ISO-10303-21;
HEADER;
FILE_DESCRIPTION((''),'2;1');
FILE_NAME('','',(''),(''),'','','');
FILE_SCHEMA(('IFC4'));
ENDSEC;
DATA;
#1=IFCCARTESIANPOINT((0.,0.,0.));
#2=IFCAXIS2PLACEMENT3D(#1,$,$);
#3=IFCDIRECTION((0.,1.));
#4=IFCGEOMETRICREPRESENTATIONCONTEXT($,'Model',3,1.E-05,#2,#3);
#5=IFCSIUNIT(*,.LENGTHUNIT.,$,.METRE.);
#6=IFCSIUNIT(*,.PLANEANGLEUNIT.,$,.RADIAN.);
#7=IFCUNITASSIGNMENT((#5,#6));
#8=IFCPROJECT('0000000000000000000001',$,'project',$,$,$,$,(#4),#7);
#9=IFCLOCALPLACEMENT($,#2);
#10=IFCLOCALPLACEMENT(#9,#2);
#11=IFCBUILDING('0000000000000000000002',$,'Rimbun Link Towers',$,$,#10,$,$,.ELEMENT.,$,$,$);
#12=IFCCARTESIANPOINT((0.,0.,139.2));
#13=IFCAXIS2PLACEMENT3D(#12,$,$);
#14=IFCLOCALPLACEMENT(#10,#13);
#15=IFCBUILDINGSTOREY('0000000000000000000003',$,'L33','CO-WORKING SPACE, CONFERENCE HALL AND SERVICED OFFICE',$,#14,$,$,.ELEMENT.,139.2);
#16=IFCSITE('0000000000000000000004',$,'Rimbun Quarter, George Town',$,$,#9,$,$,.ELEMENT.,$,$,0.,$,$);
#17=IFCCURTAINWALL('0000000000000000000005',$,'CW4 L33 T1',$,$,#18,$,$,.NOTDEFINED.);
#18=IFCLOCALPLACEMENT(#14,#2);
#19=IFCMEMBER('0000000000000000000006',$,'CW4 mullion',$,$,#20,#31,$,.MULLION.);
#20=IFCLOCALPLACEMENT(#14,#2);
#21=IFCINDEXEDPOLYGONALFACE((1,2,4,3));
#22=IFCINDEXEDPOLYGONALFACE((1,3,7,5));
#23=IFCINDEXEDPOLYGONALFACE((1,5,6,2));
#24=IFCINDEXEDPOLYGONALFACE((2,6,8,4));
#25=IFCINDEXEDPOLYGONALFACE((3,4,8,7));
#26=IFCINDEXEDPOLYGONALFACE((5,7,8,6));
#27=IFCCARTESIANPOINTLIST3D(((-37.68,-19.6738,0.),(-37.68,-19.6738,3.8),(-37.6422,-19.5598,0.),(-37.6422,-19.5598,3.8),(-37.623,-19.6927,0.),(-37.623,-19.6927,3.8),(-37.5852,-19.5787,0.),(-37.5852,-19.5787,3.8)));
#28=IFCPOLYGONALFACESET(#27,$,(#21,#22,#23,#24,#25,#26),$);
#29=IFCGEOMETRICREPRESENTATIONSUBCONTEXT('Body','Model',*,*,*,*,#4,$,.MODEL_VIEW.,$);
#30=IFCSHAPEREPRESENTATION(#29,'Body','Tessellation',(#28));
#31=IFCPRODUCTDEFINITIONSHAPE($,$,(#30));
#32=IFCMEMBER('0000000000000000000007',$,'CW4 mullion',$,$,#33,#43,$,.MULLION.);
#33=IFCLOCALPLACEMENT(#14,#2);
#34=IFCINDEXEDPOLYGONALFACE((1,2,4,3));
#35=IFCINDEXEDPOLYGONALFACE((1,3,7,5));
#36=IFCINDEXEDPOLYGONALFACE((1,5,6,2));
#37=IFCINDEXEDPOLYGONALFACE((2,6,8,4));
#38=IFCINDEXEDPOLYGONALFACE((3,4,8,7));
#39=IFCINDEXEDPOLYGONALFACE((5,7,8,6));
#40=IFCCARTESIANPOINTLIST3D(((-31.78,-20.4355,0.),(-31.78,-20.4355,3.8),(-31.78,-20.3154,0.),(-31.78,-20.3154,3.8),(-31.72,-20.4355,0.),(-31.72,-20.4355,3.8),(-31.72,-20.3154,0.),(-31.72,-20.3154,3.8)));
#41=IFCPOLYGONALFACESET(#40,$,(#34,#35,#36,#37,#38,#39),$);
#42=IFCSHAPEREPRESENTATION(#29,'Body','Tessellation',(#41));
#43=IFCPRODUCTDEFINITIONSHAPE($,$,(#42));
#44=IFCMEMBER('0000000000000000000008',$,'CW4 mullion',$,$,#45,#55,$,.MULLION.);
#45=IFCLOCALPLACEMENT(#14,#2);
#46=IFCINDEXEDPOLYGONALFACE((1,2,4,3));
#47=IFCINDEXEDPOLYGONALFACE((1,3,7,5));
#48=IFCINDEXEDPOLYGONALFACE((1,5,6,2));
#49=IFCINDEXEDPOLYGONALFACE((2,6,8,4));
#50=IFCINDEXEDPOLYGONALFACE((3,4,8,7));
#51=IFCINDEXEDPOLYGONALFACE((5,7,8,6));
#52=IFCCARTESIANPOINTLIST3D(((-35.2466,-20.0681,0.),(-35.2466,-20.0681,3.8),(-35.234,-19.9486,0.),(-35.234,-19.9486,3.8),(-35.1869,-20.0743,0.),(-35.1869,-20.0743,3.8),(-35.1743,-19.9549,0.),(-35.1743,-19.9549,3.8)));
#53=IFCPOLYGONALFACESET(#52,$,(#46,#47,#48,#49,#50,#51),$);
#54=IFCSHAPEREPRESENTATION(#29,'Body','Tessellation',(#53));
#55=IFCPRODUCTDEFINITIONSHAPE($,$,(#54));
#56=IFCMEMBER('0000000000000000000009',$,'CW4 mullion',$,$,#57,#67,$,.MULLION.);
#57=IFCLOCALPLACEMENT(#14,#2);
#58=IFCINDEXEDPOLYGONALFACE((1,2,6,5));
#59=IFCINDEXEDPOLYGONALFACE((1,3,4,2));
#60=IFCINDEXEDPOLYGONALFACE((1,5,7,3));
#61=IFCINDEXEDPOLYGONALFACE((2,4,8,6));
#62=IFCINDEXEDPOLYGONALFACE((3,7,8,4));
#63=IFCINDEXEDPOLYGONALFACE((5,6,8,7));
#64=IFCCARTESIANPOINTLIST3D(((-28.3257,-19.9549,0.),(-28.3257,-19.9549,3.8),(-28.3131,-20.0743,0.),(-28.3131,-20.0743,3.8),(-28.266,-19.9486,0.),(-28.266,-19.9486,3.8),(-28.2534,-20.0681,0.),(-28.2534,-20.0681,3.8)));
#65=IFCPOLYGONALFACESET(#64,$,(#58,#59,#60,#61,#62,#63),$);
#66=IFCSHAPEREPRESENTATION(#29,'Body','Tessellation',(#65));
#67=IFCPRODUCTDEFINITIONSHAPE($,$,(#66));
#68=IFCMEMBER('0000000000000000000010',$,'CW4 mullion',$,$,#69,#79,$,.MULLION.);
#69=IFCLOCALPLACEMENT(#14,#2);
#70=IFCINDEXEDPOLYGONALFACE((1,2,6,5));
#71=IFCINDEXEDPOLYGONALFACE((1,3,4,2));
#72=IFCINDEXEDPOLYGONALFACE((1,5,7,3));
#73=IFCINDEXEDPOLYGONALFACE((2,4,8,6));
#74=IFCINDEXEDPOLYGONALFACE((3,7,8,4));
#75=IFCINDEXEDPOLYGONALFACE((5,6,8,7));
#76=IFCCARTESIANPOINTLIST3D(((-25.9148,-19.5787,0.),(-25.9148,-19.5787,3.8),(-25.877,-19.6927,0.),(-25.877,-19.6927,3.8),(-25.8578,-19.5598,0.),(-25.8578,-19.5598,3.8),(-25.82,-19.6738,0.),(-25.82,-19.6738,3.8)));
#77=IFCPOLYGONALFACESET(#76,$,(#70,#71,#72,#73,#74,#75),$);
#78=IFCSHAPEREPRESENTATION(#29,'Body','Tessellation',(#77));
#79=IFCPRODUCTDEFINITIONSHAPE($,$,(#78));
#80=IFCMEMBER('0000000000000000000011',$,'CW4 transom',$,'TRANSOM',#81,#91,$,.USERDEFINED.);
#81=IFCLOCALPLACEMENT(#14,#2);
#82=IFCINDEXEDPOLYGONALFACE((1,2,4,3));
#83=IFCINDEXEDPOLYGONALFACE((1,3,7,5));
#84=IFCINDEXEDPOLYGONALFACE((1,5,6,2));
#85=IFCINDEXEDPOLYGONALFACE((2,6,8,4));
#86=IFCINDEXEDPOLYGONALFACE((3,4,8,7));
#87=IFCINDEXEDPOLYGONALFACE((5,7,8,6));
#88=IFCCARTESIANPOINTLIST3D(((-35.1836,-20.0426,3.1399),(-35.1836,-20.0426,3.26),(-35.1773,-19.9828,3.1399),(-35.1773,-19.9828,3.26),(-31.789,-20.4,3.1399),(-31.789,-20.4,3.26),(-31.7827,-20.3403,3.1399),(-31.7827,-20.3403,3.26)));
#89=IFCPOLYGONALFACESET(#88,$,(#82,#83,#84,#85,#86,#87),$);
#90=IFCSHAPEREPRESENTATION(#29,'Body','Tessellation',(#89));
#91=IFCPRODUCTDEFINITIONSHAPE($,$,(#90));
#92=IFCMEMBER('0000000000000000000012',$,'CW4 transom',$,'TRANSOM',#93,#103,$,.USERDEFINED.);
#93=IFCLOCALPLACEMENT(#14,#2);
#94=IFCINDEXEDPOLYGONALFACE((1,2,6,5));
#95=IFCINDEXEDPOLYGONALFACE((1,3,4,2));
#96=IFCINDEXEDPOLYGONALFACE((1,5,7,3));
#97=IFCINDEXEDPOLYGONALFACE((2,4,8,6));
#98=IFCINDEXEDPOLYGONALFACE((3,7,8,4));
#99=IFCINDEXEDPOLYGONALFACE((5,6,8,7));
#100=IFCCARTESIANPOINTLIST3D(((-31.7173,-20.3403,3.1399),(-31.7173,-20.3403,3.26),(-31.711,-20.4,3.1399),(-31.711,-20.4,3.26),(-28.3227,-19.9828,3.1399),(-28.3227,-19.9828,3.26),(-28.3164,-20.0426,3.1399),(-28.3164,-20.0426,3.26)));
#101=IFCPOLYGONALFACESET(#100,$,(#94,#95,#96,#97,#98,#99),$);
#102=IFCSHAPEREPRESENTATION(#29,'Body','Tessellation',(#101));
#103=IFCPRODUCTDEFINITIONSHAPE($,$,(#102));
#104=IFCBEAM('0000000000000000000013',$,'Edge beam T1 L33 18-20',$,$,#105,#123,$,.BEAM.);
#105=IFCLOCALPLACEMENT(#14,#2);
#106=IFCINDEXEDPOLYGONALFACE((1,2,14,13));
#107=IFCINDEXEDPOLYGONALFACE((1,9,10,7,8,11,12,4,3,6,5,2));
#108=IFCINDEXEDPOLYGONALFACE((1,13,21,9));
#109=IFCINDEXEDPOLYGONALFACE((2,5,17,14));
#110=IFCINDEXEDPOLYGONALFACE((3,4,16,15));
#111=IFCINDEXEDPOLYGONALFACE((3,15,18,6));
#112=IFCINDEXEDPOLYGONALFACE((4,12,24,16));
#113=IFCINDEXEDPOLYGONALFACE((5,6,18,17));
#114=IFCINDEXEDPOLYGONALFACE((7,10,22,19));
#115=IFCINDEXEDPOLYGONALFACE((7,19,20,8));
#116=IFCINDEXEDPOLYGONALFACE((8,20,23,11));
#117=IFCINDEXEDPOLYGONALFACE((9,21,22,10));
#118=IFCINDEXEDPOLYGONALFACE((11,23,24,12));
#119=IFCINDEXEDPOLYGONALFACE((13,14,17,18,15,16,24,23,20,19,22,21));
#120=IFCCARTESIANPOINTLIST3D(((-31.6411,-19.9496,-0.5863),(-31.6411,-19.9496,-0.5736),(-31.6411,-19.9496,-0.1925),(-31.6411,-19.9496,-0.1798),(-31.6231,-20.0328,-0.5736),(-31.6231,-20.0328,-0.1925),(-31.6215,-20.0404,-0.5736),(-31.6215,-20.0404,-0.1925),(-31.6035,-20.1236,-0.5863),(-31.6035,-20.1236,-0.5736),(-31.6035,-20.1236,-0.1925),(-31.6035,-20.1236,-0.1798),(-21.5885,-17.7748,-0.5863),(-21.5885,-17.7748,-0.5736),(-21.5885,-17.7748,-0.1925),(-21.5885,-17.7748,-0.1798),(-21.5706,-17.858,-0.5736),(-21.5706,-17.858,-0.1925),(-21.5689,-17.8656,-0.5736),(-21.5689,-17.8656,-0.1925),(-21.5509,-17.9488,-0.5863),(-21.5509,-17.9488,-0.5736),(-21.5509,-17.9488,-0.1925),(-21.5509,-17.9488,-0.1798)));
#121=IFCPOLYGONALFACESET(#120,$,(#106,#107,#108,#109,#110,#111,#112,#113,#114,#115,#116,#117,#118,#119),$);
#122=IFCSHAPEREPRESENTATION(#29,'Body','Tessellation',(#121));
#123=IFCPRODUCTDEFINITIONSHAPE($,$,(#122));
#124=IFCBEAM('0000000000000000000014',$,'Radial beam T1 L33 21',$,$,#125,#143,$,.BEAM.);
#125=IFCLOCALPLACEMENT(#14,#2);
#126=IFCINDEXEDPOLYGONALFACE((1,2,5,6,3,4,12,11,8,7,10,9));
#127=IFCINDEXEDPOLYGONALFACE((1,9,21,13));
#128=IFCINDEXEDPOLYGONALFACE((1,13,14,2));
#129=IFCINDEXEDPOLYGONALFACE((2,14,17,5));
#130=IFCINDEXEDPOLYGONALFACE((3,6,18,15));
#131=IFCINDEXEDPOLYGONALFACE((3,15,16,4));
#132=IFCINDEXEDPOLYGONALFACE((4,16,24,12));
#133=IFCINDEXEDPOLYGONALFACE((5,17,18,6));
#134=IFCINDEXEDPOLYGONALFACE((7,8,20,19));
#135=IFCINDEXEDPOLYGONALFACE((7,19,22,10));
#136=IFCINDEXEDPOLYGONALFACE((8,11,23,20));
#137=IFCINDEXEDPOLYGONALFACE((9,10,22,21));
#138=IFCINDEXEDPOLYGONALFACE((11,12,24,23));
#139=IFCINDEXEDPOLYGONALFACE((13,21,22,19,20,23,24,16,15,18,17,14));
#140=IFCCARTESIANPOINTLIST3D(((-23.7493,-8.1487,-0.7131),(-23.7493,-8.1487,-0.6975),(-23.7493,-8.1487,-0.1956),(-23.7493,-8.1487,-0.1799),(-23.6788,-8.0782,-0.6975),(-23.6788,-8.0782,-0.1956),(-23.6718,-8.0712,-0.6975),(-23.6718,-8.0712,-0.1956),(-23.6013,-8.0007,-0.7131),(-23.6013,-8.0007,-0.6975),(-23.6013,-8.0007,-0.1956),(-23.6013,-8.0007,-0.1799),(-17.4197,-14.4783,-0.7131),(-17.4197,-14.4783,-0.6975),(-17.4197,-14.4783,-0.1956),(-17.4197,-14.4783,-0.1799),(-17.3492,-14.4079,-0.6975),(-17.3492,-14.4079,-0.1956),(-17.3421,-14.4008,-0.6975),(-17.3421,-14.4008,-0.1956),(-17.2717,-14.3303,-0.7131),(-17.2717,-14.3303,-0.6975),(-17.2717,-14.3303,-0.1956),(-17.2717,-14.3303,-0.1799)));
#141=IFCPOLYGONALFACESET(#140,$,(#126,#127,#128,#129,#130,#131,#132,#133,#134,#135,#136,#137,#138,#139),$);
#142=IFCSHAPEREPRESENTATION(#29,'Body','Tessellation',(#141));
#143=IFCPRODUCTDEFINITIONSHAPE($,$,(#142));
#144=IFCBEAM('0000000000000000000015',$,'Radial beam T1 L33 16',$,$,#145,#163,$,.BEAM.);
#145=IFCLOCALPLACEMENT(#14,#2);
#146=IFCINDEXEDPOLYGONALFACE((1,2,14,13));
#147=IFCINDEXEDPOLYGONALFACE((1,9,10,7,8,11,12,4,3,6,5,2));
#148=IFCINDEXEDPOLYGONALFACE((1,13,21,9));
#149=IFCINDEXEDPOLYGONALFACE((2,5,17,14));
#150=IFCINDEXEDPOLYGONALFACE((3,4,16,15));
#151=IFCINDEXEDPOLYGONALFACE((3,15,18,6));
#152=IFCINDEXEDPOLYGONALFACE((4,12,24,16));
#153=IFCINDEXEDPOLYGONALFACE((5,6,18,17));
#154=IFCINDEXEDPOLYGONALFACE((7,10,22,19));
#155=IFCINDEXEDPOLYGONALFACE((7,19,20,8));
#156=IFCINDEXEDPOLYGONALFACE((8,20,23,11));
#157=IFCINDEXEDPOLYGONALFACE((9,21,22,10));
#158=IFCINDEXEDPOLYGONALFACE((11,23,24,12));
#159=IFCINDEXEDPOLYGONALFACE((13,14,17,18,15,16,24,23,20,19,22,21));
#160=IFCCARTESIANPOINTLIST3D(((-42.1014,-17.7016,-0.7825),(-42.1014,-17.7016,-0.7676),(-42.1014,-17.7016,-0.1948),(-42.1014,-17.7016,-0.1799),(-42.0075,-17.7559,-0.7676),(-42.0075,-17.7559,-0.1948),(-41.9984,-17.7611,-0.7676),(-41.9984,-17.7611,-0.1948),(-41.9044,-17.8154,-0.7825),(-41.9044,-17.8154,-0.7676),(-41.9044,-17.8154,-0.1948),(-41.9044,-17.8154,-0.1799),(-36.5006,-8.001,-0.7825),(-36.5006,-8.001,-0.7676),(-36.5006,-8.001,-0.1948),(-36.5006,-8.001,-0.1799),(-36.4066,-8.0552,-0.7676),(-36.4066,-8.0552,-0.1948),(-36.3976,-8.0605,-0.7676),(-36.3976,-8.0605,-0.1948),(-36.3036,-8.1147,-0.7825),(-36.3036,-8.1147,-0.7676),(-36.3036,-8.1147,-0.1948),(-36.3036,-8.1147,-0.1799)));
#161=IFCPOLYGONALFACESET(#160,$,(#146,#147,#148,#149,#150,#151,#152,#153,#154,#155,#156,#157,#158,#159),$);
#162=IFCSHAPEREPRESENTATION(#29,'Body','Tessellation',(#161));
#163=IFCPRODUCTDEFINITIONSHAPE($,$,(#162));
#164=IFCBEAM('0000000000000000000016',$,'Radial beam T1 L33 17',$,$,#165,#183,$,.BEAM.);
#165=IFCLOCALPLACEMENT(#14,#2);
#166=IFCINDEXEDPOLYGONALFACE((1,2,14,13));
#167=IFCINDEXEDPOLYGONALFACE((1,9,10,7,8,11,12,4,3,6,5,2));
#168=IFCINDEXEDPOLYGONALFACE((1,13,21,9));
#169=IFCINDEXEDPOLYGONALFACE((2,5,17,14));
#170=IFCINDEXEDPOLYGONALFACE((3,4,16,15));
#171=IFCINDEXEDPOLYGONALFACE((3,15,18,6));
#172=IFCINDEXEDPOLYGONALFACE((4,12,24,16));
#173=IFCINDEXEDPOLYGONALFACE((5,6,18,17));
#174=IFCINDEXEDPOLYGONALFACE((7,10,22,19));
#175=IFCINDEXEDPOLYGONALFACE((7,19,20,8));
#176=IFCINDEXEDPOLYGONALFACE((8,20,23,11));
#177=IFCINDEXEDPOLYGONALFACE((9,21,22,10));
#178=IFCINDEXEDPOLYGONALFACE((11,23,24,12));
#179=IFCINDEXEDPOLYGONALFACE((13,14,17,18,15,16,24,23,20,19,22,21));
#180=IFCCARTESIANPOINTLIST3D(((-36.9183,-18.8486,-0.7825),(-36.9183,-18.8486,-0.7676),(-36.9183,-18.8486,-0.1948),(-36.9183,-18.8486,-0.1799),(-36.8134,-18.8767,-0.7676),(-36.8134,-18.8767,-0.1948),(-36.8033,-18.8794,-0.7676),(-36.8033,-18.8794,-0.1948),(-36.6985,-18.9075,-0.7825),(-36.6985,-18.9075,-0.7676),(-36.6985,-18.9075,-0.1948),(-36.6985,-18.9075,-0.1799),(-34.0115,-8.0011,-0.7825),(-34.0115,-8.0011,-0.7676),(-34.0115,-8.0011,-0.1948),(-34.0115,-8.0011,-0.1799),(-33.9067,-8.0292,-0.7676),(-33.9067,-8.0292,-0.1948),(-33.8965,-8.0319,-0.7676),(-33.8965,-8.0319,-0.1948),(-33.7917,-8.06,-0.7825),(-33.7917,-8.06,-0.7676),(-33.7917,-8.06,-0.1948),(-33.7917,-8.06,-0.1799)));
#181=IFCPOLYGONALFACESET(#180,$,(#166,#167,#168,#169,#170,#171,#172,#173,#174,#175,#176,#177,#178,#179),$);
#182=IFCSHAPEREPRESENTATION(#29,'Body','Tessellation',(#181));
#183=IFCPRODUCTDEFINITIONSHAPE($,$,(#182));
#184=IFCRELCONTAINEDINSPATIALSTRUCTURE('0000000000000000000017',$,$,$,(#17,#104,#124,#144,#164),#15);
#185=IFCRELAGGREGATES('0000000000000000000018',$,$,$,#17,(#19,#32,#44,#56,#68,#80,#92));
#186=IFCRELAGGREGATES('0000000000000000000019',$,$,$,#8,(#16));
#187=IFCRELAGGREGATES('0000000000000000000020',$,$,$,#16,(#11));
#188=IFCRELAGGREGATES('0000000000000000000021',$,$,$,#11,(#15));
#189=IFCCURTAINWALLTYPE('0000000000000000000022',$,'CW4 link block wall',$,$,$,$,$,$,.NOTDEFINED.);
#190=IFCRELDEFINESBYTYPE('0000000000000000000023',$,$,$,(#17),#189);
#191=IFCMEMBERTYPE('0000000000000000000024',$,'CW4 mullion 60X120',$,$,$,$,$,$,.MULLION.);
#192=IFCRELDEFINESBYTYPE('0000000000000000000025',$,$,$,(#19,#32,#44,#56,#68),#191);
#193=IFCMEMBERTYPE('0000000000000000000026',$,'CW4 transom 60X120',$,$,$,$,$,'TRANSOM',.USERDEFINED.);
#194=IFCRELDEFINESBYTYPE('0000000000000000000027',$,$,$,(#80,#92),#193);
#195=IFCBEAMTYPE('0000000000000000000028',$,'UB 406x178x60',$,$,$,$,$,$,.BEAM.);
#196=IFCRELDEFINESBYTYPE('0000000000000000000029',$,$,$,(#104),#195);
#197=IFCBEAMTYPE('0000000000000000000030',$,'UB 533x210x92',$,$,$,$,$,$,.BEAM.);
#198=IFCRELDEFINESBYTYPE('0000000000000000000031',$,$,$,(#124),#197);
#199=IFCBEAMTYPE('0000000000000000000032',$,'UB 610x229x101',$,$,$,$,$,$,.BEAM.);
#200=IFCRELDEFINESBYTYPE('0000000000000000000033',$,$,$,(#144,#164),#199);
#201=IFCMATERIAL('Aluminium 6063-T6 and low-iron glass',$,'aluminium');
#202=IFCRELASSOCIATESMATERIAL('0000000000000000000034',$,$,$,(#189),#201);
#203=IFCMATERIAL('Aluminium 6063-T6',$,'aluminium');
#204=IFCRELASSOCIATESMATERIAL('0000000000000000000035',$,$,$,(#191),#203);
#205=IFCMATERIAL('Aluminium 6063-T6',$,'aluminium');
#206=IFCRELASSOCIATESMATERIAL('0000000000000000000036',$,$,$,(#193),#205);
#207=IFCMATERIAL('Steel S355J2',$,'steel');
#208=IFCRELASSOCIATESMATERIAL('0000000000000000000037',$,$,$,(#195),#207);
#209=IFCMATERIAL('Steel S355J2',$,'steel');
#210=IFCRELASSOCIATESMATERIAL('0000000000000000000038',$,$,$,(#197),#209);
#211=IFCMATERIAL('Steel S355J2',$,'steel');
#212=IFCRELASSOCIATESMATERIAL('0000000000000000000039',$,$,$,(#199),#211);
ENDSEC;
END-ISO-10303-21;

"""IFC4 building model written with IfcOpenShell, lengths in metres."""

from ifc_helpers import new_model, si_unit, direction, frame, origin, origin_2d, place, context, subcontext, project, spatial, rectangle, i_section, extrude, material, material_profile, profile_set, type_object, element, aggregate, save


model = new_model("IFC4")

# Units and contexts
model_context = context("Model", 3, precision=1e-05, world=origin(), true_north=direction((0.0, 1.0)))
body_context = subcontext(model_context, "Body", "Model", "MODEL_VIEW")
ifc_project = project(units=[si_unit("LENGTHUNIT", "METRE"), si_unit("PLANEANGLEUNIT", "RADIAN")], contexts=[model_context])

# Site, building, storey
site_placement = place(None, origin())
site = spatial("IfcSite", under=ifc_project, at=site_placement, Name="Rimbun Quarter, George Town", CompositionType="ELEMENT", RefElevation=0.0)
building_placement = place(site_placement, origin())
building = spatial("IfcBuilding", under=site, at=building_placement, Name="Rimbun Link Towers", CompositionType="ELEMENT")
storey_placement = place(building_placement, frame((0.0, 0.0, 139.2)))
storey = spatial("IfcBuildingStorey", under=building, at=storey_placement, Name="L33", Description="CO-WORKING SPACE, CONFERENCE HALL AND SERVICED OFFICE", CompositionType="ELEMENT", Elevation=139.2)

# Curtain wall, members
ifc_material_1 = material(Name="Aluminium 6063-T6 and low-iron glass", Category="aluminium")
curtain_wall_type = type_object("IfcCurtainWallType", Name="CW4 link block wall", PredefinedType="NOTDEFINED", material=ifc_material_1)
curtain_wall_placement = place(storey_placement, origin())
curtain_wall = element("IfcCurtainWall", 1, at=curtain_wall_placement, inside=storey, type_object=curtain_wall_type, Name="CW4 L33 T1", PredefinedType="NOTDEFINED")
ifc_material_2 = material(Name="Aluminium 6063-T6", Category="aluminium")
ifc_material_profile_1 = material_profile(ifc_material_2, rectangle(XDim=0.1201, YDim=0.0601, at=origin_2d()), Name="MULLION 60X120")
ifc_profile_set_1 = profile_set([ifc_material_profile_1], Name="Aluminium 6063-T6")
member_type_1 = type_object("IfcMemberType", Name="CW4 mullion 60X120", PredefinedType="MULLION", material=ifc_profile_set_1)
member_1_placement = place(storey_placement, frame((-37.6326, -19.6262, 0.0), z_axis=(0.0, 0.0, 1.0), x_axis=(-0.314568, -0.949235, 0.0)))
member_1 = element("IfcMember", 2, at=member_1_placement, type_object=member_type_1, Name="CW4 mullion", PredefinedType="MULLION", context=body_context, shape_type="SweptSolid", body=[
    extrude(rectangle(XDim=0.1201, YDim=0.0601, at=origin_2d()), origin(), (0.0, 0.0, 1.0), 3.8),
])
member_2_placement = place(storey_placement, frame((-31.75, -20.3755, 0.0), z_axis=(0.0, 0.0, 1.0), x_axis=(0.0, -1.0, 0.0)))
member_2 = element("IfcMember", 3, at=member_2_placement, type_object=member_type_1, Name="CW4 mullion", PredefinedType="MULLION", context=body_context, shape_type="SweptSolid", body=[
    extrude(rectangle(XDim=0.1201, YDim=0.0601, at=origin_2d()), origin(), (0.0, 0.0, 1.0), 3.8),
])
member_3_placement = place(storey_placement, frame((-35.2104, -20.0115, 0.0), z_axis=(0.0, 0.0, 1.0), x_axis=(-0.104745, -0.994499, 0.0)))
member_3 = element("IfcMember", 4, at=member_3_placement, type_object=member_type_1, Name="CW4 mullion", PredefinedType="MULLION", context=body_context, shape_type="SweptSolid", body=[
    extrude(rectangle(XDim=0.1201, YDim=0.0601, at=origin_2d()), origin(), (0.0, 0.0, 1.0), 3.8),
])
member_4_placement = place(storey_placement, frame((-28.2896, -20.0115, 0.0), z_axis=(0.0, 0.0, 1.0), x_axis=(0.104745, -0.994499, 0.0)))
member_4 = element("IfcMember", 5, at=member_4_placement, type_object=member_type_1, Name="CW4 mullion", PredefinedType="MULLION", context=body_context, shape_type="SweptSolid", body=[
    extrude(rectangle(XDim=0.1201, YDim=0.0601, at=origin_2d()), origin(), (0.0, 0.0, 1.0), 3.8),
])
member_5_placement = place(storey_placement, frame((-25.8674, -19.6262, 0.0), z_axis=(0.0, 0.0, 1.0), x_axis=(0.314568, -0.949235, 0.0)))
member_5 = element("IfcMember", 6, at=member_5_placement, type_object=member_type_1, Name="CW4 mullion", PredefinedType="MULLION", context=body_context, shape_type="SweptSolid", body=[
    extrude(rectangle(XDim=0.1201, YDim=0.0601, at=origin_2d()), origin(), (0.0, 0.0, 1.0), 3.8),
])
ifc_material_3 = material(Name="Aluminium 6063-T6", Category="aluminium")
ifc_material_profile_2 = material_profile(ifc_material_3, rectangle(XDim=0.0601, YDim=0.1201, at=origin_2d()), Name="TRANSOM 60X120")
ifc_profile_set_2 = profile_set([ifc_material_profile_2], Name="Aluminium 6063-T6")
member_type_2 = type_object("IfcMemberType", Name="CW4 transom 60X120", ElementType="TRANSOM", PredefinedType="USERDEFINED", material=ifc_profile_set_2)
member_6_placement = place(storey_placement, frame((-31.7859, -20.3701, 3.2), z_axis=(-0.994502, 0.104715, 0.0), x_axis=(-0.104715, -0.994502, 0.0)))
member_6 = element("IfcMember", 7, at=member_6_placement, type_object=member_type_2, Name="CW4 transom", ObjectType="TRANSOM", PredefinedType="USERDEFINED", context=body_context, shape_type="SweptSolid", body=[
    extrude(rectangle(XDim=0.0601, YDim=0.1201, at=origin_2d()), origin(), (0.0, 0.0, 1.0), 3.4133),
])
member_7_placement = place(storey_placement, frame((-28.3196, -20.0127, 3.2), z_axis=(-0.994502, -0.104715, 0.0), x_axis=(0.104715, -0.994502, 0.0)))
member_7 = element("IfcMember", 8, at=member_7_placement, type_object=member_type_2, Name="CW4 transom", ObjectType="TRANSOM", PredefinedType="USERDEFINED", context=body_context, shape_type="SweptSolid", body=[
    extrude(rectangle(XDim=0.0601, YDim=0.1201, at=origin_2d()), origin(), (0.0, 0.0, 1.0), 3.4133),
])

# Beams
ifc_material_4 = material(Name="Steel S355J2", Category="steel")
ifc_material_profile_3 = material_profile(ifc_material_4, i_section(OverallWidth=0.178, OverallDepth=0.4065, WebThickness=0.0078, FlangeThickness=0.0127, at=origin_2d()), Name="UB 406x178x60")
ifc_profile_set_3 = profile_set([ifc_material_profile_3], Name="Steel S355J2")
beam_type_1 = type_object("IfcBeamType", Name="UB 406x178x60", PredefinedType="BEAM", material=ifc_profile_set_3)
beam_1_placement = place(storey_placement, frame((-31.6223, -20.0366, -0.3831), z_axis=(0.977388, 0.211453, 0.0), x_axis=(-0.211453, 0.977388, 0.0)))
element("IfcBeam", 9, at=beam_1_placement, inside=storey, type_object=beam_type_1, Name="Edge beam T1 L33 18-20", PredefinedType="BEAM", context=body_context, shape_type="SweptSolid", body=[
    extrude(i_section(OverallWidth=0.178, OverallDepth=0.4065, WebThickness=0.0078, FlangeThickness=0.0127, at=origin_2d()), origin(), (0.0, 0.0, 1.0), 10.2852),
])
ifc_material_5 = material(Name="Steel S355J2", Category="steel")
ifc_material_profile_4 = material_profile(ifc_material_5, i_section(OverallWidth=0.2092, OverallDepth=0.5332, WebThickness=0.01, FlangeThickness=0.0156, at=origin_2d()), Name="UB 533x210x92")
ifc_profile_set_4 = profile_set([ifc_material_profile_4], Name="Steel S355J2")
beam_type_2 = type_object("IfcBeamType", Name="UB 533x210x92", PredefinedType="BEAM", material=ifc_profile_set_4)
beam_2_placement = place(storey_placement, frame((-23.6753, -8.0747, -0.4465), z_axis=(0.707107, -0.707107, 0.0), x_axis=(0.707107, 0.707107, 0.0)))
element("IfcBeam", 10, at=beam_2_placement, inside=storey, type_object=beam_type_2, Name="Radial beam T1 L33 21", PredefinedType="BEAM", context=body_context, shape_type="SweptSolid", body=[
    extrude(i_section(OverallWidth=0.2092, OverallDepth=0.5332, WebThickness=0.01, FlangeThickness=0.0156, at=origin_2d()), origin(), (0.0, 0.0, 1.0), 8.9514),
])
ifc_material_6 = material(Name="Steel S355J2", Category="steel")
ifc_material_profile_5 = material_profile(ifc_material_6, i_section(OverallWidth=0.2275, OverallDepth=0.6025, WebThickness=0.0105, FlangeThickness=0.0149, at=origin_2d()), Name="UB 610x229x101")
ifc_profile_set_5 = profile_set([ifc_material_profile_5], Name="Steel S355J2")
beam_type_3 = type_object("IfcBeamType", Name="UB 610x229x101", PredefinedType="BEAM", material=ifc_profile_set_5)
beam_3_placement = place(storey_placement, frame((-36.4021, -8.0579, -0.4812), z_axis=(-0.500009, -0.86602, 0.0), x_axis=(0.86602, -0.500009, 0.0)))
element("IfcBeam", 11, at=beam_3_placement, inside=storey, type_object=beam_type_3, Name="Radial beam T1 L33 16", PredefinedType="BEAM", context=body_context, shape_type="SweptSolid", body=[
    extrude(i_section(OverallWidth=0.2275, OverallDepth=0.6025, WebThickness=0.0105, FlangeThickness=0.0149, at=origin_2d()), origin(), (0.0, 0.0, 1.0), 11.2014),
])
for number, where, z_axis, x_axis, name in (
    (12, (-33.9016, -8.0305, -0.4812), (-0.258834, -0.965922, 0.0), (0.965922, -0.258834, 0.0), "Radial beam T1 L33 17"),
):
    element("IfcBeam", number, at=place(storey_placement, frame(where, z_axis=z_axis, x_axis=x_axis)), inside=storey, type_object=beam_type_3, Name=name, PredefinedType="BEAM", context=body_context, shape_type="SweptSolid", body=[
        extrude(i_section(OverallWidth=0.2275, OverallDepth=0.6025, WebThickness=0.0105, FlangeThickness=0.0149, at=origin_2d()), origin(), (0.0, 0.0, 1.0), 11.2302),
    ])

aggregate(curtain_wall, [member_1, member_2, member_3, member_4, member_5, member_6, member_7])

save(model, "model.ifc")
